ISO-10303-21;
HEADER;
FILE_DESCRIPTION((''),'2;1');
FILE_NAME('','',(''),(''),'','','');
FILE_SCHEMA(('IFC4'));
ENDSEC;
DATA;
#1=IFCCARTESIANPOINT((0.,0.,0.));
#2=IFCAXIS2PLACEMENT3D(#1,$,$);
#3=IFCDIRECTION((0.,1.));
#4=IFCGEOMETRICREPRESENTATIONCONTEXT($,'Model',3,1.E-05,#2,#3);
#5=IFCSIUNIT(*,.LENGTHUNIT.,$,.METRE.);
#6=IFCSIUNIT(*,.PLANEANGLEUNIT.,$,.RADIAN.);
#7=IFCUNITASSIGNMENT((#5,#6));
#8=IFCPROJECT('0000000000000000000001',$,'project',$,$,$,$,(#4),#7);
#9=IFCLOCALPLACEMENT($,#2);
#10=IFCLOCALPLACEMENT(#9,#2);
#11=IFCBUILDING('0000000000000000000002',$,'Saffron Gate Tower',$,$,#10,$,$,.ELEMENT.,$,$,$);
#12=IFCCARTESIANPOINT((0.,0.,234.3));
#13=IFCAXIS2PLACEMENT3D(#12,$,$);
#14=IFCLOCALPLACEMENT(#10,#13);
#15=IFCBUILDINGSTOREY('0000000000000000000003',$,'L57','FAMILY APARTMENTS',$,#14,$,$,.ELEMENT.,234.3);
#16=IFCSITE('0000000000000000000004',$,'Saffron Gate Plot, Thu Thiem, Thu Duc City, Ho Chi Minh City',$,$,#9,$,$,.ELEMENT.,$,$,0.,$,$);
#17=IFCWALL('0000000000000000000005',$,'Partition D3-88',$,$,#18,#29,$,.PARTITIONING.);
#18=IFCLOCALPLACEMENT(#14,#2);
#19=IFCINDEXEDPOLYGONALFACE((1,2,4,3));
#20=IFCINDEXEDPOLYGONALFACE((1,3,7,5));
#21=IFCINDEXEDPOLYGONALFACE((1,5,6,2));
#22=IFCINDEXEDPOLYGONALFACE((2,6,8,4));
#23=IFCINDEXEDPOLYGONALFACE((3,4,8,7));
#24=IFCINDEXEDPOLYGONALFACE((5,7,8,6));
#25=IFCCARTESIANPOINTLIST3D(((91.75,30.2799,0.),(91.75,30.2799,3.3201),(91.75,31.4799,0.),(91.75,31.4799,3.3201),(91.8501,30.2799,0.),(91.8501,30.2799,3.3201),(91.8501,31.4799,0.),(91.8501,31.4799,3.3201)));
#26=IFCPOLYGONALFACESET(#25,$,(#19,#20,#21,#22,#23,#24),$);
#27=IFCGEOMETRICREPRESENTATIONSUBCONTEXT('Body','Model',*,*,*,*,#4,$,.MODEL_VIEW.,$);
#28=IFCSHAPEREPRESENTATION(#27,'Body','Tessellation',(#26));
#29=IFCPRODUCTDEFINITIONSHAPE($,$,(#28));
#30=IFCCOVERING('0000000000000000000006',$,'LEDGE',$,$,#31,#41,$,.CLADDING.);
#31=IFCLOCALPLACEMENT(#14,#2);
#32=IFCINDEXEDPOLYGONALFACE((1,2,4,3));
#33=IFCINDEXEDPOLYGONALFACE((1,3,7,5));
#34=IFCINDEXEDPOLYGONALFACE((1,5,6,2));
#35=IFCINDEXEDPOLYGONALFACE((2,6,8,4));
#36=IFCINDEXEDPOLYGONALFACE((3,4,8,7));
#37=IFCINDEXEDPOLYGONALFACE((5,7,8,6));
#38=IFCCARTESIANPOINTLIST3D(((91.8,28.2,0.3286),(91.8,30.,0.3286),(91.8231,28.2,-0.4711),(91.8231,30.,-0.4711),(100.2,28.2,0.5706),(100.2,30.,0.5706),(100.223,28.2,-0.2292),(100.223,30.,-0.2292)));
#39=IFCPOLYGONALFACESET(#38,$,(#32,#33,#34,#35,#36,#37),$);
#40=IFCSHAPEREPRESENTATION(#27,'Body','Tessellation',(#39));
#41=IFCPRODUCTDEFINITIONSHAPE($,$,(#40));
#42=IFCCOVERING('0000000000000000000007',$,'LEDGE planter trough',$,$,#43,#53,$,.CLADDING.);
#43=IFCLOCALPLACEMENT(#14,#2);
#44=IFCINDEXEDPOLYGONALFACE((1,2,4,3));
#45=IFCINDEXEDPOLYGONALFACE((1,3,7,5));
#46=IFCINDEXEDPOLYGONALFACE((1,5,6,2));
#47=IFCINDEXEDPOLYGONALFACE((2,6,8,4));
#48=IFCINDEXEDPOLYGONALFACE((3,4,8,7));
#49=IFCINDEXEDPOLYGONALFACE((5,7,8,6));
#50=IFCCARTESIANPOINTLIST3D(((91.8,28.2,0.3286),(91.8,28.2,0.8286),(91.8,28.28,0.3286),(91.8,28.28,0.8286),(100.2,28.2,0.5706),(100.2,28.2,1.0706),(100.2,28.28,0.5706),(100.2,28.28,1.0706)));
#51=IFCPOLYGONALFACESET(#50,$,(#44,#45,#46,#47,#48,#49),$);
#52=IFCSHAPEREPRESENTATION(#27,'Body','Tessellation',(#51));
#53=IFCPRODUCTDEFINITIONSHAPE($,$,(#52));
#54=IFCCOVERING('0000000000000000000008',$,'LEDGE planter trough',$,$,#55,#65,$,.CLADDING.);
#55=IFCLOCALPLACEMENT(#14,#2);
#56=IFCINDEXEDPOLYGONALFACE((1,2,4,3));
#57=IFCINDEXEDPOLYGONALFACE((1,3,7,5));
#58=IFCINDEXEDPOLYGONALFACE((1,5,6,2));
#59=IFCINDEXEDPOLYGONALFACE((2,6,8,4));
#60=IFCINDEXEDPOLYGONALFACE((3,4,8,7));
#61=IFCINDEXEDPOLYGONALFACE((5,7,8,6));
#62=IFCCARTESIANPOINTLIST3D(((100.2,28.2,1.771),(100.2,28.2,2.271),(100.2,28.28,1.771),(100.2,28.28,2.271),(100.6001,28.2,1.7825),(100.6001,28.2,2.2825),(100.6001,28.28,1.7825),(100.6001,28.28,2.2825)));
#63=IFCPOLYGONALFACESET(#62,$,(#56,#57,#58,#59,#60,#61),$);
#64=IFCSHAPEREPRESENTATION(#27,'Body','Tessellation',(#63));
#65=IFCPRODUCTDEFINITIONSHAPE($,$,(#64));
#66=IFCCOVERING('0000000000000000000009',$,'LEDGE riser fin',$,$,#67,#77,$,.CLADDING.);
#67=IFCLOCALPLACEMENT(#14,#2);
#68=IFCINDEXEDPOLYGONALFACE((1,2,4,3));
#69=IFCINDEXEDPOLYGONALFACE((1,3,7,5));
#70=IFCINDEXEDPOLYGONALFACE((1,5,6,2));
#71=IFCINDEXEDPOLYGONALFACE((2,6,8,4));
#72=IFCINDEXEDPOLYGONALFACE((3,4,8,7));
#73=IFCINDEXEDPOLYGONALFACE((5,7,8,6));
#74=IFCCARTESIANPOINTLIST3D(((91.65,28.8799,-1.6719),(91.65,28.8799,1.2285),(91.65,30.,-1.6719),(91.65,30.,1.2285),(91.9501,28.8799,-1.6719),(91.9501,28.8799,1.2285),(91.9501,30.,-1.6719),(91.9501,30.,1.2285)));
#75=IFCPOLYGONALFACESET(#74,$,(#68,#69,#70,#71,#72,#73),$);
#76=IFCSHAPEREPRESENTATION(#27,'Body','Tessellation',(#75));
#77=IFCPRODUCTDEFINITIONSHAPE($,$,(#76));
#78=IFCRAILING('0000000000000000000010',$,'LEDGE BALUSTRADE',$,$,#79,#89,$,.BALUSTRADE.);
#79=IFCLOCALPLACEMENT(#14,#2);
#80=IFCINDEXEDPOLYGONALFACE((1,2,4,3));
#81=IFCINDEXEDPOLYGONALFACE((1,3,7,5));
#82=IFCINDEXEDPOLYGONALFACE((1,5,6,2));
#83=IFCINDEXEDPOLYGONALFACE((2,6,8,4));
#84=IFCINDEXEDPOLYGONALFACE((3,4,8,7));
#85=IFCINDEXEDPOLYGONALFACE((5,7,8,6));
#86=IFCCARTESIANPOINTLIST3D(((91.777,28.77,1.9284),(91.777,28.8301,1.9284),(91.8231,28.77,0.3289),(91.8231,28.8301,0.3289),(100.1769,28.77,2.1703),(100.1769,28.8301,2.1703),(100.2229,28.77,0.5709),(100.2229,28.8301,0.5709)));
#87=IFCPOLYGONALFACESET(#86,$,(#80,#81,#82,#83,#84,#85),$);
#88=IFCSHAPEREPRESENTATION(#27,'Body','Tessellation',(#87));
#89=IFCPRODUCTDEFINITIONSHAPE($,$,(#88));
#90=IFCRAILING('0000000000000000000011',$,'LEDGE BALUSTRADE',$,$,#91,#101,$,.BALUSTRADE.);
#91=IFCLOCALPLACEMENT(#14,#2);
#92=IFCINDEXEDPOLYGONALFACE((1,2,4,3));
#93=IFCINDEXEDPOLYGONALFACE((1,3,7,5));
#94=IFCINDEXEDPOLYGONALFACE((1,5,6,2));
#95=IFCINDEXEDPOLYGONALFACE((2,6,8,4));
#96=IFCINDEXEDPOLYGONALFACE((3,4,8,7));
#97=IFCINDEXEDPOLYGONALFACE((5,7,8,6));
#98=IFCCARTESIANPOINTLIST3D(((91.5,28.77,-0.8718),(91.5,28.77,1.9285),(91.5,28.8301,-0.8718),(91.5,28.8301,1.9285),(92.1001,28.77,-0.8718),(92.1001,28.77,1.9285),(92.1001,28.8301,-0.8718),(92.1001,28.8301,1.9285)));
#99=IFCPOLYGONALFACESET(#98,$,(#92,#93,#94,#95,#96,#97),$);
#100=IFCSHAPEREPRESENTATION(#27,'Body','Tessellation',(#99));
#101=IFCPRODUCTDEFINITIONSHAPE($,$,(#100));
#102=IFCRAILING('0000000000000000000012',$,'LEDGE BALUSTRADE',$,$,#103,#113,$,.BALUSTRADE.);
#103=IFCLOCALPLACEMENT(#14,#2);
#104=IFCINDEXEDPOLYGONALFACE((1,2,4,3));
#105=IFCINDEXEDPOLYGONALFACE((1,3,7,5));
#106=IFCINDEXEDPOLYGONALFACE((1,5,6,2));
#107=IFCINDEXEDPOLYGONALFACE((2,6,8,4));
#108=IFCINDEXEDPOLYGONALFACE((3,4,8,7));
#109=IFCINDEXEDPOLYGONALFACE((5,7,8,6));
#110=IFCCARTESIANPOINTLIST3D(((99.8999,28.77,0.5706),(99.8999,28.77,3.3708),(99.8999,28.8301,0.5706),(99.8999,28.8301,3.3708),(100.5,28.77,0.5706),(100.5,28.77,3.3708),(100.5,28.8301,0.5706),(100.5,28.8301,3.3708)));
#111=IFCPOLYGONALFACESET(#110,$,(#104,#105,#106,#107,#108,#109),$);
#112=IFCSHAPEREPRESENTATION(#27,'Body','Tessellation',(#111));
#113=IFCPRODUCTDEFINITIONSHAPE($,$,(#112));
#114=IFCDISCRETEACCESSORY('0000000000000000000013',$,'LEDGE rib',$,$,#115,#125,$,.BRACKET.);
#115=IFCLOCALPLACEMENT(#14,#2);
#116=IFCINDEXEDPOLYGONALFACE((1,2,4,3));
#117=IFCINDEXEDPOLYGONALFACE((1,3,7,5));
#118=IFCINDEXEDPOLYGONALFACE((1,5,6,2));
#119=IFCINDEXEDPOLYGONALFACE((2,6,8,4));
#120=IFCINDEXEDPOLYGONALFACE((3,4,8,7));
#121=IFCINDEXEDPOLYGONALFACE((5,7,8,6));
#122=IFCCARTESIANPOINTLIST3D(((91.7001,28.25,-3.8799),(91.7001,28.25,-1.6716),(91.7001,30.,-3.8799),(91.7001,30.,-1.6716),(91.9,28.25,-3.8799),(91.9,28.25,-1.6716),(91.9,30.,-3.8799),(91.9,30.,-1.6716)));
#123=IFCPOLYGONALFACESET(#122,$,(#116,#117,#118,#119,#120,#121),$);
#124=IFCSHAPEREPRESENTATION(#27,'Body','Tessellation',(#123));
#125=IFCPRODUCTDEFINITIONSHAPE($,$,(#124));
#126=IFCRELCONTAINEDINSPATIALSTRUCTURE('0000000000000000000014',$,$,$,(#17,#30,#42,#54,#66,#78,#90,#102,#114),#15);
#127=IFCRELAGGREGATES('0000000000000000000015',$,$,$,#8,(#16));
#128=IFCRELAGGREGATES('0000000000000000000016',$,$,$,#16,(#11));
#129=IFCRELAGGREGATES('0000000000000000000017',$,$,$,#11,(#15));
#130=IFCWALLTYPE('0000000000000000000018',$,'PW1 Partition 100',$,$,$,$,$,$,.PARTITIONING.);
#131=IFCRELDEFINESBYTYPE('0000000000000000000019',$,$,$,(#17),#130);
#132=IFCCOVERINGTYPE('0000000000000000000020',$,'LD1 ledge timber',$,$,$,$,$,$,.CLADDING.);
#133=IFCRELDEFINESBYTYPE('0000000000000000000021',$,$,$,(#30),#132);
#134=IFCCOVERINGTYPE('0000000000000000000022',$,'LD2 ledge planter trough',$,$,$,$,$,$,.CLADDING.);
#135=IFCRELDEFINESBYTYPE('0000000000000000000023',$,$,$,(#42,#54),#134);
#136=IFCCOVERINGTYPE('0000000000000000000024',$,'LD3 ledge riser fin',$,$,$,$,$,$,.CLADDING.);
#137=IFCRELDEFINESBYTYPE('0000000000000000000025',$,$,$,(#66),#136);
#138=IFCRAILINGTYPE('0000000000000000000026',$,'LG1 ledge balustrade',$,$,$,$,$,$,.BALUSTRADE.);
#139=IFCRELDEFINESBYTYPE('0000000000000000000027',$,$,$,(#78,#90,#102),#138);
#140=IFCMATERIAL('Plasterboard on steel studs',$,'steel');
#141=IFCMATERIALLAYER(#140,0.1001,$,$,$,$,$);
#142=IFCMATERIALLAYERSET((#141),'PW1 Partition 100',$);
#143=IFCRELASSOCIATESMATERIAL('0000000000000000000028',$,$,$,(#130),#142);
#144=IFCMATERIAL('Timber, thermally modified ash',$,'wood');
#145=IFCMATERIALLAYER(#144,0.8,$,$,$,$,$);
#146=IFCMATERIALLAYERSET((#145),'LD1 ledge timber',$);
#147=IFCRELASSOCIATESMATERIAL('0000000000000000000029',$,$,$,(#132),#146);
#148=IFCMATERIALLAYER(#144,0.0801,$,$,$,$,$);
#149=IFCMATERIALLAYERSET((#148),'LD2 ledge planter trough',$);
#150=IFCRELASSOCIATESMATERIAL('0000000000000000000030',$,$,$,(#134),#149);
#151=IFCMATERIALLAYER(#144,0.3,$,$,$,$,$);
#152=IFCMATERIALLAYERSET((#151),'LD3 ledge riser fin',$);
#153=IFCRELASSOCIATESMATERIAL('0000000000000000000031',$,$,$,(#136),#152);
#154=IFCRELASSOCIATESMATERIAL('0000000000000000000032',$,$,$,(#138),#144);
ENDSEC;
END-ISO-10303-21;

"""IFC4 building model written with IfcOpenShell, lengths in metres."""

from ifc_helpers import new_model, si_unit, direction, frame, frame_2d, origin, origin_2d, place, context, subcontext, project, spatial, polyline, rectangle, outline, extrude, material, layer, layer_set, type_object, element, save


model = new_model("IFC4")

# Units and contexts
model_context = context("Model", 3, precision=1e-05, world=origin(), true_north=direction((0.0, 1.0)))
body_context = subcontext(model_context, "Body", "Model", "MODEL_VIEW")
ifc_project = project(units=[si_unit("LENGTHUNIT", "METRE"), si_unit("PLANEANGLEUNIT", "RADIAN")], contexts=[model_context])

# Site, building, storey
site_placement = place(None, origin())
site = spatial("IfcSite", under=ifc_project, at=site_placement, Name="Saffron Gate Plot, Thu Thiem, Thu Duc City, Ho Chi Minh City", CompositionType="ELEMENT", RefElevation=0.0)
building_placement = place(site_placement, origin())
building = spatial("IfcBuilding", under=site, at=building_placement, Name="Saffron Gate Tower", CompositionType="ELEMENT")
storey_placement = place(building_placement, frame((0.0, 0.0, 234.3)))
storey = spatial("IfcBuildingStorey", under=building, at=storey_placement, Name="L57", Description="FAMILY APARTMENTS", CompositionType="ELEMENT", Elevation=234.3)

# Wall
ifc_material_1 = material(Name="Plasterboard on steel studs", Category="steel")
ifc_layer_1 = layer(ifc_material_1, 0.1001)
ifc_layer_set_1 = layer_set([ifc_layer_1], Name="PW1 Partition 100")
wall_type = type_object("IfcWallType", Name="PW1 Partition 100", PredefinedType="PARTITIONING", material=ifc_layer_set_1)
for number, where, z_axis, x_axis, name in (
    (1, (91.8, 31.48, 0.0), (0.0, 0.0, 1.0), (0.0, -1.0, 0.0), "Partition D3-88"),
):
    element("IfcWall", number, at=place(storey_placement, frame(where, z_axis=z_axis, x_axis=x_axis)), inside=storey, type_object=wall_type, Name=name, PredefinedType="PARTITIONING", context=body_context, shape_type="SweptSolid", body=[
        extrude(rectangle(XDim=1.2, YDim=0.1001, at=frame_2d((0.6001, 0.0))), origin(), (0.0, 0.0, 1.0), 3.3201),
    ])

# Coverings
ifc_material_2 = material(Name="Timber, thermally modified ash", Category="wood")
ifc_layer_2 = layer(ifc_material_2, 0.8)
ifc_layer_set_2 = layer_set([ifc_layer_2], Name="LD1 ledge timber")
covering_type_1 = type_object("IfcCoveringType", Name="LD1 ledge timber", PredefinedType="CLADDING", material=ifc_layer_set_2)
covering_1_placement = place(storey_placement, frame((91.8, 30.0, 0.3286), z_axis=(-0.028791, 0.0, 0.999585), x_axis=(0.999585, 0.0, 0.028791)))
element("IfcCovering", 2, at=covering_1_placement, inside=storey, type_object=covering_type_1, Name="LEDGE", PredefinedType="CLADDING", context=body_context, shape_type="SweptSolid", body=[
    extrude(outline(polyline([(0.0, 0.0), (8.4034, 0.0), (8.4034, -1.8), (0.0, -1.8), (0.0, 0.0)])), origin(), (0.0, 0.0, -1.0), 0.8),
])
ifc_layer_3 = layer(ifc_material_2, 0.0801)
ifc_layer_set_3 = layer_set([ifc_layer_3], Name="LD2 ledge planter trough")
covering_type_2 = type_object("IfcCoveringType", Name="LD2 ledge planter trough", PredefinedType="CLADDING", material=ifc_layer_set_3)
covering_2_placement = place(storey_placement, frame((91.8, 28.2, 0.3286), z_axis=(0.0, -1.0, 0.0), x_axis=(0.999585, 0.0, 0.028791)))
element("IfcCovering", 3, at=covering_2_placement, inside=storey, type_object=covering_type_2, Name="LEDGE planter trough", PredefinedType="CLADDING", context=body_context, shape_type="SweptSolid", body=[
    extrude(outline(polyline([(0.0, 0.0), (8.4034, 0.0), (8.4178, 0.4998), (0.0144, 0.4998), (0.0, 0.0)])), origin(), (0.0, 0.0, -1.0), 0.0801),
])
covering_3_placement = place(storey_placement, frame((100.2, 28.2, 1.771), z_axis=(0.0, -1.0, 0.0), x_axis=(0.999589, 0.0, 0.028664)))
element("IfcCovering", 4, at=covering_3_placement, inside=storey, type_object=covering_type_2, Name="LEDGE planter trough", PredefinedType="CLADDING", context=body_context, shape_type="SweptSolid", body=[
    extrude(outline(polyline([(0.0, 0.0), (0.4003, 0.0), (0.4146, 0.4998), (0.0143, 0.4998), (0.0, 0.0)])), origin(), (0.0, 0.0, -1.0), 0.0801),
])
ifc_layer_4 = layer(ifc_material_2, 0.3)
ifc_layer_set_4 = layer_set([ifc_layer_4], Name="LD3 ledge riser fin")
covering_type_3 = type_object("IfcCoveringType", Name="LD3 ledge riser fin", PredefinedType="CLADDING", material=ifc_layer_set_4)
covering_4_placement = place(storey_placement, frame((91.8, 29.4399, -1.6719), z_axis=(0.0, 0.0, 1.0), x_axis=(1.0, 0.0, 0.0)))
element("IfcCovering", 5, at=covering_4_placement, inside=storey, type_object=covering_type_3, Name="LEDGE riser fin", PredefinedType="CLADDING", context=body_context, shape_type="SweptSolid", body=[
    extrude(rectangle(XDim=0.3, YDim=1.1201, at=origin_2d()), origin(), (0.0, 0.0, 1.0), 2.9004),
])

# Railings
railing_type = type_object("IfcRailingType", Name="LG1 ledge balustrade", PredefinedType="BALUSTRADE", material=ifc_material_2)
railing_placement = place(storey_placement, frame((91.8, 28.8, 0.3286)))
element("IfcRailing", 6, at=railing_placement, inside=storey, type_object=railing_type, Name="LEDGE BALUSTRADE", PredefinedType="BALUSTRADE", context=body_context, shape_type="SweptSolid", body=[
    extrude(rectangle(XDim=0.0601, YDim=1.6001, at=origin_2d()), frame((0.0, 0.0, 0.8), z_axis=(0.999585, 0.0, 0.028791), x_axis=(0.0, 1.0, 0.0)), (0.0, 0.0, 1.0), 8.4033),
])
for number, where, name in (
    (7, (91.5, 28.8, -0.8718), "LEDGE BALUSTRADE"),
    (8, (99.8999, 28.8, 0.5706), "LEDGE BALUSTRADE"),
):
    element("IfcRailing", number, at=place(storey_placement, frame(where)), inside=storey, type_object=railing_type, Name=name, PredefinedType="BALUSTRADE", context=body_context, shape_type="SweptSolid", body=[
        extrude(rectangle(XDim=0.0601, YDim=2.8003, at=origin_2d()), frame((0.0, 0.0, 1.4001), z_axis=(1.0, 0.0, 0.0), x_axis=(0.0, 1.0, 0.0)), (0.0, 0.0, 1.0), 0.6001),
    ])

# Discrete accessory
discrete_accessory_placement = place(storey_placement, frame((91.8, 29.125, -3.8799), z_axis=(0.0, 0.0, 1.0), x_axis=(1.0, 0.0, 0.0)))
element("IfcDiscreteAccessory", 9, at=discrete_accessory_placement, inside=storey, Name="LEDGE rib", PredefinedType="BRACKET", context=body_context, shape_type="SweptSolid", body=[
    extrude(rectangle(XDim=0.2, YDim=1.75, at=origin_2d()), origin(), (0.0, 0.0, 1.0), 2.2083),
])

save(model, "model.ifc")
